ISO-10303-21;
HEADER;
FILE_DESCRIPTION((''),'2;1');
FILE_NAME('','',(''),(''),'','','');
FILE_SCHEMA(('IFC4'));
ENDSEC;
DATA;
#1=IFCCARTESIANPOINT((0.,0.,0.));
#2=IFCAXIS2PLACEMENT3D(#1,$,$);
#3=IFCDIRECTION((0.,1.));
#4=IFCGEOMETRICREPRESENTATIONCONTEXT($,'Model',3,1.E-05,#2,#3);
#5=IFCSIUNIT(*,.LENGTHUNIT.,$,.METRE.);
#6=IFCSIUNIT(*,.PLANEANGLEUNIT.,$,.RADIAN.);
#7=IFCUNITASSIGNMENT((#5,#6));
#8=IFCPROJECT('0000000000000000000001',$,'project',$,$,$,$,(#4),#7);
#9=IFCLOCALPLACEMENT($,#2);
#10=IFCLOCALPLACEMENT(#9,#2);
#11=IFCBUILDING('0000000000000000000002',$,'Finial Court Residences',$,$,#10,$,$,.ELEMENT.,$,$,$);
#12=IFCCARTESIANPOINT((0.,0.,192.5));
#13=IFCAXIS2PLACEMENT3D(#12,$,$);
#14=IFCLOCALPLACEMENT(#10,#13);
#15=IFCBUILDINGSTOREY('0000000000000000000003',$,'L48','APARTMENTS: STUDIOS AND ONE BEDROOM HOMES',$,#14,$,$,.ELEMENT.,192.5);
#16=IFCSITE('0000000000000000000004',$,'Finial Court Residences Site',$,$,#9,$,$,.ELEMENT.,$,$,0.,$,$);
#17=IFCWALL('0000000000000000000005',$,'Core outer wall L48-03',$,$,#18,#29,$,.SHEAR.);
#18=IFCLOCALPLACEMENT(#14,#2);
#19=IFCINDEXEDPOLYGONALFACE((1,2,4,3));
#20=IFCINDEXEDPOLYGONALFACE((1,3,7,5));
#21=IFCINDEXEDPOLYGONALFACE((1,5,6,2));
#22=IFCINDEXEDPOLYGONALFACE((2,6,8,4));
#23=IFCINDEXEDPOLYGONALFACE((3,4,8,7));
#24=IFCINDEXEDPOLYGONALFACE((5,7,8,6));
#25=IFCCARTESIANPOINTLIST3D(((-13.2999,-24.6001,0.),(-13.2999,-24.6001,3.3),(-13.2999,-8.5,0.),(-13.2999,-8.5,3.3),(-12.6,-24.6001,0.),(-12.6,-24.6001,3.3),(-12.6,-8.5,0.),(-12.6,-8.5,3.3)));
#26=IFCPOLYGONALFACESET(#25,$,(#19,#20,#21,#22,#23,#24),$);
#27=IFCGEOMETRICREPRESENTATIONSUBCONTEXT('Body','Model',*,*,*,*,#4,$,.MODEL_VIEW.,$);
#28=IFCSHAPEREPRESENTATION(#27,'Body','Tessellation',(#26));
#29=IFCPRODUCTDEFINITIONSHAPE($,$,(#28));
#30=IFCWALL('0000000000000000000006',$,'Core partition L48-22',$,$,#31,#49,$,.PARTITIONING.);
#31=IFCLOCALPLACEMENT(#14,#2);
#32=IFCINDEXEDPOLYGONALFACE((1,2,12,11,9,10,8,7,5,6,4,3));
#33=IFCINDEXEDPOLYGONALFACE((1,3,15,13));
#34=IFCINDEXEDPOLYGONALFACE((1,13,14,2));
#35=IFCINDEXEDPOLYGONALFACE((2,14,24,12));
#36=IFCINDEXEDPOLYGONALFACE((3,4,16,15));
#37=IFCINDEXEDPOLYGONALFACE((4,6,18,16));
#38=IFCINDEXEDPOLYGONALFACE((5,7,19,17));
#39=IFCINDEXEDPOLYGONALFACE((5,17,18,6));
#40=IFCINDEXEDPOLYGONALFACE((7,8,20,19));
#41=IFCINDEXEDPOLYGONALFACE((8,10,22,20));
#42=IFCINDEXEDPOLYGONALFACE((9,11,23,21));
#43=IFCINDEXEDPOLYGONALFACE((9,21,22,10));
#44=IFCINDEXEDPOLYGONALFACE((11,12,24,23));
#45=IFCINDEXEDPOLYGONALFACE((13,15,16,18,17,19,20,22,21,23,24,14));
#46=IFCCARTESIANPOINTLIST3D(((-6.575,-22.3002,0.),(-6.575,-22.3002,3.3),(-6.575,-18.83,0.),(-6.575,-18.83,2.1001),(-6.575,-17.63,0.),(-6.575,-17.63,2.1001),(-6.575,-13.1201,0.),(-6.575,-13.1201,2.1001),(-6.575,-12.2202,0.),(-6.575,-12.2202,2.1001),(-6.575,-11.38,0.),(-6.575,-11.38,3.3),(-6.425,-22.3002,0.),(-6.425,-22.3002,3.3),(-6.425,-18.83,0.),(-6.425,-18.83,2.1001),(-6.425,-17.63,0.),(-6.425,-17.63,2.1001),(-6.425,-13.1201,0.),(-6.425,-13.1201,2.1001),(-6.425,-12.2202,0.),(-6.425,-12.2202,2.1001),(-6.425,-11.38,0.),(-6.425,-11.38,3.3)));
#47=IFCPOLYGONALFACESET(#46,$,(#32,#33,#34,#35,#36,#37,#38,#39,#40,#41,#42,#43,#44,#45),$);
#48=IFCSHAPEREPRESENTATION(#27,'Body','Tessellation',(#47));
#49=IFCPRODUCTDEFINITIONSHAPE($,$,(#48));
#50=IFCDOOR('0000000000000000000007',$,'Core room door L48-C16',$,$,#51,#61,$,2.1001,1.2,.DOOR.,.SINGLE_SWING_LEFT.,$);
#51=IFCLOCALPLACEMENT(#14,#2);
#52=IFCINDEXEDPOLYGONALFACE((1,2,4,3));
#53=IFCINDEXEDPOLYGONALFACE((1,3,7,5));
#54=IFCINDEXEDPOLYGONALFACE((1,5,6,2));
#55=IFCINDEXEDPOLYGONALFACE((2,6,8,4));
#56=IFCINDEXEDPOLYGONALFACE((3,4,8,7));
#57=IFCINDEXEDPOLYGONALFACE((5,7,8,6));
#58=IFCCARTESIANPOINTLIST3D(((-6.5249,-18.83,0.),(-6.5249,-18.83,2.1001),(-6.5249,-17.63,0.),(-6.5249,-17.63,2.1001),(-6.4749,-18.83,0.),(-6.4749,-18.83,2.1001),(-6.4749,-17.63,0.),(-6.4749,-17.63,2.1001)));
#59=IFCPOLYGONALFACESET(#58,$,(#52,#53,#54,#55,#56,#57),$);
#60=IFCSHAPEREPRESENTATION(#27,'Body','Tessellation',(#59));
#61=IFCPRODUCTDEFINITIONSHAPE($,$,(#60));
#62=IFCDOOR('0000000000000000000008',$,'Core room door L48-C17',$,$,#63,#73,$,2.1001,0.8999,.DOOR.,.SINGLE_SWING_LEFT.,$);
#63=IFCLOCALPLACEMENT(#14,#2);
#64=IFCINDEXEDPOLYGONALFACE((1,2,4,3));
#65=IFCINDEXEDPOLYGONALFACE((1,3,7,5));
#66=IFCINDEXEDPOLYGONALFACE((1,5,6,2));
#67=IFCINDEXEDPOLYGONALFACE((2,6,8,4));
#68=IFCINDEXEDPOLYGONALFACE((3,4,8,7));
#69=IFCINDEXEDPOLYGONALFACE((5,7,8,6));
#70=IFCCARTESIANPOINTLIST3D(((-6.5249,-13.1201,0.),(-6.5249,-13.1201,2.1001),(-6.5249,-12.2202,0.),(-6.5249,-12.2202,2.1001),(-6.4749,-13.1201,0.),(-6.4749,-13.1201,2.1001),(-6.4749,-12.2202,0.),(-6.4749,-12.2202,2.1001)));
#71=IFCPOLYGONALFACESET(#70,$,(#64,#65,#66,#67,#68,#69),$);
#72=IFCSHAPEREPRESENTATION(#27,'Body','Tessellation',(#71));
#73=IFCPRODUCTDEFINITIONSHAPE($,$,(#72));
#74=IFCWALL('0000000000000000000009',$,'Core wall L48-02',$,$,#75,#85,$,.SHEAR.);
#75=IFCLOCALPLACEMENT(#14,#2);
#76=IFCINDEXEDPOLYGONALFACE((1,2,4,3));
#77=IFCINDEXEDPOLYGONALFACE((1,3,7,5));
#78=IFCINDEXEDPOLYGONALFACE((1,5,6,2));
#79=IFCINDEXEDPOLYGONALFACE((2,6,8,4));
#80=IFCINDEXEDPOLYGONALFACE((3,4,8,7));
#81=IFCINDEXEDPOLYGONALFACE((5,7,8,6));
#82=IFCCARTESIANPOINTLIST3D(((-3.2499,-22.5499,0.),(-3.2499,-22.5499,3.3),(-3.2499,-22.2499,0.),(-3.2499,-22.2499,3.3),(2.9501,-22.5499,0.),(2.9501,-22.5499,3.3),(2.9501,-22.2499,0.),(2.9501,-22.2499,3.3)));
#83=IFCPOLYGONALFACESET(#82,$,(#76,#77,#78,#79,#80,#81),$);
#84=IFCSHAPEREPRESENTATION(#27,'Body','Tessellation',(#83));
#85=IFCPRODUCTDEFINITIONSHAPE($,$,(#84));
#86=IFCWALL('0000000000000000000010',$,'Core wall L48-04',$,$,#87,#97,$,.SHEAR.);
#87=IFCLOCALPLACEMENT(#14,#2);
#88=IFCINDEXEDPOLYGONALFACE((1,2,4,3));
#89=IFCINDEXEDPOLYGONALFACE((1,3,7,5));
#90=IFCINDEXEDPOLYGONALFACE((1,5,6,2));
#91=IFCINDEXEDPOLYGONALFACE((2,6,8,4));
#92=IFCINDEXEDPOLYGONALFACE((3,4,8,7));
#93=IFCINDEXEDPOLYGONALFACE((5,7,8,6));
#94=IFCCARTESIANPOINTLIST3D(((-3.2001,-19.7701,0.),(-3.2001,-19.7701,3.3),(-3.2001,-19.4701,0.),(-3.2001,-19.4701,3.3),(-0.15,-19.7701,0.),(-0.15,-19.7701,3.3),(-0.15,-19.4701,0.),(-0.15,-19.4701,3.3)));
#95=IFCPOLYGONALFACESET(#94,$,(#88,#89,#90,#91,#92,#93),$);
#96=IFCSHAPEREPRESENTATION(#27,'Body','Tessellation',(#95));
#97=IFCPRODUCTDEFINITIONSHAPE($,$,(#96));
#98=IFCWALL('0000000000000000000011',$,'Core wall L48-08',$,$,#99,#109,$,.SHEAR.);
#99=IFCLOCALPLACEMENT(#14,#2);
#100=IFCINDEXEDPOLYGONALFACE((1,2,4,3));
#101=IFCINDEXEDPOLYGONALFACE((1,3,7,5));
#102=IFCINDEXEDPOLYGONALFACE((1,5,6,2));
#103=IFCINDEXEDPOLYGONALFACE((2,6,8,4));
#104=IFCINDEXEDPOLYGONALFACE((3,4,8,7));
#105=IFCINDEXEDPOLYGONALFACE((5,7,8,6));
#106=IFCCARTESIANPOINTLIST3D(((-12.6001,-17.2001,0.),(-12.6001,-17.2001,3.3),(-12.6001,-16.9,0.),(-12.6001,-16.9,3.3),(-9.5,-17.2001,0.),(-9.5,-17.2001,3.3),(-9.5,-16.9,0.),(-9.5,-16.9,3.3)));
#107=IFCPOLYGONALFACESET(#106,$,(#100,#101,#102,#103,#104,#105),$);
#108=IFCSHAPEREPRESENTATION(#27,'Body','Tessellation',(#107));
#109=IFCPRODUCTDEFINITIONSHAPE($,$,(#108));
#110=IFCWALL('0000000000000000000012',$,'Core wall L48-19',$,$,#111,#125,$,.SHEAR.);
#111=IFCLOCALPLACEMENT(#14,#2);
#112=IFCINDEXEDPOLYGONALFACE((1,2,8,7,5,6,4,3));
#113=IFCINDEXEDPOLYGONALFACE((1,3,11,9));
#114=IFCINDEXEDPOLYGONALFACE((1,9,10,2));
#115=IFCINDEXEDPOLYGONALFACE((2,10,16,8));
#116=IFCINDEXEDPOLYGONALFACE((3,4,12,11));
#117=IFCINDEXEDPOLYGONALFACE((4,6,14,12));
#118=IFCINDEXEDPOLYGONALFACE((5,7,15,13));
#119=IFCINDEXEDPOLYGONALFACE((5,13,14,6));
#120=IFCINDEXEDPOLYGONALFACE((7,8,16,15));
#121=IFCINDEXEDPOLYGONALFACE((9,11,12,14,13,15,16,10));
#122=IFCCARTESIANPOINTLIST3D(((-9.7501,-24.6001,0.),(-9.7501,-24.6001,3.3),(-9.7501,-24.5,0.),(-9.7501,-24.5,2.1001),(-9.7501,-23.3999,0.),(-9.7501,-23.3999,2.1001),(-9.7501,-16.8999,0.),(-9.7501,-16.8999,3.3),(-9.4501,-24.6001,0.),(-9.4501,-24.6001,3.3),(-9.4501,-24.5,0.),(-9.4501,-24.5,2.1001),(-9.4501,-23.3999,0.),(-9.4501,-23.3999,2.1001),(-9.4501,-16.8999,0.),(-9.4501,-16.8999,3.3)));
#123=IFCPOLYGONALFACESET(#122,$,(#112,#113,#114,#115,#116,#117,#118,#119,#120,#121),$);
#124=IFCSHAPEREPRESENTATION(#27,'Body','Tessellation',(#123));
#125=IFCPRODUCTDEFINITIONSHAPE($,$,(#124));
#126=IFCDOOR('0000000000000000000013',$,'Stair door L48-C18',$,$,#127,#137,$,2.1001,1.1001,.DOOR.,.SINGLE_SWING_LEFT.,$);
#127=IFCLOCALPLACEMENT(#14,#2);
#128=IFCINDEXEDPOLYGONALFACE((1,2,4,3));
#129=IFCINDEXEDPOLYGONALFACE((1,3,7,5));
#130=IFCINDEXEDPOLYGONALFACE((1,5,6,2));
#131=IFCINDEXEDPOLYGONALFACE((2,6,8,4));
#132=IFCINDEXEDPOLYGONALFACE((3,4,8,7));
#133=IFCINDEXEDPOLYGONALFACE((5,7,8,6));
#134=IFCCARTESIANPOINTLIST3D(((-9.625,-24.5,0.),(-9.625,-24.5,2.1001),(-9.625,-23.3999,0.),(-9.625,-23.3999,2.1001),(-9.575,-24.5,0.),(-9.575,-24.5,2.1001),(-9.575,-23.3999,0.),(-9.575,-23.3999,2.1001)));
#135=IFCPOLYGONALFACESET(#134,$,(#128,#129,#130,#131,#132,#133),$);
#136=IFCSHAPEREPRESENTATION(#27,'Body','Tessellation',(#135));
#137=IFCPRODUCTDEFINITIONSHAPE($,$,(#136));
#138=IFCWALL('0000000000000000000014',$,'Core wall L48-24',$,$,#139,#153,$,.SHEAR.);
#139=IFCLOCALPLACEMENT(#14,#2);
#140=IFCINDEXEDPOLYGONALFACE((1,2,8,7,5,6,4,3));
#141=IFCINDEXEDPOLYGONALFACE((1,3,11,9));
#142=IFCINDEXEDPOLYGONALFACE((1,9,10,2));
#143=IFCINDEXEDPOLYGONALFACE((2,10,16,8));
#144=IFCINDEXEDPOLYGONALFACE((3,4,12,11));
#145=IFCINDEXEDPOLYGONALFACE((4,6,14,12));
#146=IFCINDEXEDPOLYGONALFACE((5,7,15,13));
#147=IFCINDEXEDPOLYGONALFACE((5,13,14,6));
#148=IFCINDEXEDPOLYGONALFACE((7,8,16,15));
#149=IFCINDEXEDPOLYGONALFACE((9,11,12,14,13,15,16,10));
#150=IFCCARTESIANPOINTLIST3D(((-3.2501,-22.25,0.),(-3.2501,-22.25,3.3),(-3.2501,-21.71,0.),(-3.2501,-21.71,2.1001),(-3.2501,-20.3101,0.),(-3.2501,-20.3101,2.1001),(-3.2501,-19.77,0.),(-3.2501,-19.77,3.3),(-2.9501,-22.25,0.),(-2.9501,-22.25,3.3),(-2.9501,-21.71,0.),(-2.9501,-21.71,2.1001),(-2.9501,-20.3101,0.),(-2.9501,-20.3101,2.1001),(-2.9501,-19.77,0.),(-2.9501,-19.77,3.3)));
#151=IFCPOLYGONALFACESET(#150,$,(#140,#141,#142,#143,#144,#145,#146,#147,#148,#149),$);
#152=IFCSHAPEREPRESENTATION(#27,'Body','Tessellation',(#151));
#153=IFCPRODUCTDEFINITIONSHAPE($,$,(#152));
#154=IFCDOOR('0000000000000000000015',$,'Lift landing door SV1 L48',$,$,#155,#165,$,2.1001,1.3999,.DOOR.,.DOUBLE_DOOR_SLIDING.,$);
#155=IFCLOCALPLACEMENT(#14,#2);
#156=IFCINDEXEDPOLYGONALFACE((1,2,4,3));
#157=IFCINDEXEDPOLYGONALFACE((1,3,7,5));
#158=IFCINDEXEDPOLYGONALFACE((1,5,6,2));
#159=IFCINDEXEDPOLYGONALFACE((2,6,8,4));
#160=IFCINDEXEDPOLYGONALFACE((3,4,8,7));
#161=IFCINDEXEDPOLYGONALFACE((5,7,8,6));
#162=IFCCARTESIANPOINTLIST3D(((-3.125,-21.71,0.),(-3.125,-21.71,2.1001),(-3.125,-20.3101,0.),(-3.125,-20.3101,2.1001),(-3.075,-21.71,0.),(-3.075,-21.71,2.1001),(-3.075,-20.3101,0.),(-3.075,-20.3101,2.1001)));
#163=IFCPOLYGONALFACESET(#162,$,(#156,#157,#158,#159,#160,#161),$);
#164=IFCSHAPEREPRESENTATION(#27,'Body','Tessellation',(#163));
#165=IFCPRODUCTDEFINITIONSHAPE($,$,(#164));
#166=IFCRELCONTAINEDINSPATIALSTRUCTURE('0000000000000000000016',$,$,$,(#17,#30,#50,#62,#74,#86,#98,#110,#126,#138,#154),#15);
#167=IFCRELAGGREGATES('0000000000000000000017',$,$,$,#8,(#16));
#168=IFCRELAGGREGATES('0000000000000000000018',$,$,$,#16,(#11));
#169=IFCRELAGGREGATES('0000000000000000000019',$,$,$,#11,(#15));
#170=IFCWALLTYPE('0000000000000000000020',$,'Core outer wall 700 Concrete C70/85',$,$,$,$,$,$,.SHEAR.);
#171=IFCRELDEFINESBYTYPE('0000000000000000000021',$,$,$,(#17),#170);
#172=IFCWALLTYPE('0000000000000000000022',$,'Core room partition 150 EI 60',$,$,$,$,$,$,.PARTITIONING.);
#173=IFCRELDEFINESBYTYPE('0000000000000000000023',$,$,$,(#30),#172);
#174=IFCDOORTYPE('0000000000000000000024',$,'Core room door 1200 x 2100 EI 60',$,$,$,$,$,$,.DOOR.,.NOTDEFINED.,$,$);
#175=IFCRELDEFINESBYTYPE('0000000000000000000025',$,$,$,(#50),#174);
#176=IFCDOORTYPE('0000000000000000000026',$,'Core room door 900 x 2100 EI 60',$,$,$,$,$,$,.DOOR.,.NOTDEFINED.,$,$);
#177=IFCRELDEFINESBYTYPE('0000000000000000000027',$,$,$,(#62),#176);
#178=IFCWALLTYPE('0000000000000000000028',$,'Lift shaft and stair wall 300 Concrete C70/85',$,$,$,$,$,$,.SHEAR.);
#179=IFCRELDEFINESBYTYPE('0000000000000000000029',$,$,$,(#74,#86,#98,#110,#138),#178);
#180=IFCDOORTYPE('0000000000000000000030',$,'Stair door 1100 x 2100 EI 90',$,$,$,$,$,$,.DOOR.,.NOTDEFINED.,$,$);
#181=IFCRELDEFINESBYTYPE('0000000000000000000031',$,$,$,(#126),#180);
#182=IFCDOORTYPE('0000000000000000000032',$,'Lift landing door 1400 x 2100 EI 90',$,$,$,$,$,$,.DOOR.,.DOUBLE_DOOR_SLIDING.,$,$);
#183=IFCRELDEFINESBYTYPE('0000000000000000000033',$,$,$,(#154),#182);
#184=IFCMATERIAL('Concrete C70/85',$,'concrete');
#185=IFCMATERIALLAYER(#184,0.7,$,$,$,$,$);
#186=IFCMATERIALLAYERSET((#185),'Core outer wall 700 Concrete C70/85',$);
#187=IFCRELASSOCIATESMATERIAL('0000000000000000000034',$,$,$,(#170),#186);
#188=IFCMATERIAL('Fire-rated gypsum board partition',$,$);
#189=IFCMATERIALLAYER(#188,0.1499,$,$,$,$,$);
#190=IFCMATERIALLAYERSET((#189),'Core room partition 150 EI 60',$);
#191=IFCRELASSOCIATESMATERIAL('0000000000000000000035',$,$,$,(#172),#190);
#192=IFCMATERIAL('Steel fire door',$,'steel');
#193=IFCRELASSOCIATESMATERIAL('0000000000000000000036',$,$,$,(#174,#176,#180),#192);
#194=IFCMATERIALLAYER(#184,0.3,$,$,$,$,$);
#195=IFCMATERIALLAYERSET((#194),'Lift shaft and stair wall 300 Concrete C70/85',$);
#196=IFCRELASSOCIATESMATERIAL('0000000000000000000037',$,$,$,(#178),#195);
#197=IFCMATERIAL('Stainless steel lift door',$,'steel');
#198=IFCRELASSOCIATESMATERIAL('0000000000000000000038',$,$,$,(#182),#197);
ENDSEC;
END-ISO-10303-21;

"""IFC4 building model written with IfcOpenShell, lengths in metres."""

from ifc_helpers import new_model, si_unit, direction, frame, frame_2d, origin, place, context, subcontext, project, spatial, rectangle, extrude, material, layer, layer_set, type_object, element, fill, save


model = new_model("IFC4")

# Units and contexts
model_context = context("Model", 3, precision=1e-05, world=origin(), true_north=direction((0.0, 1.0)))
body_context = subcontext(model_context, "Body", "Model", "MODEL_VIEW")
ifc_project = project(units=[si_unit("LENGTHUNIT", "METRE"), si_unit("PLANEANGLEUNIT", "RADIAN")], contexts=[model_context])

# Site, building, storey
site_placement = place(None, origin())
site = spatial("IfcSite", under=ifc_project, at=site_placement, Name="Finial Court Residences Site", CompositionType="ELEMENT", RefElevation=0.0)
building_placement = place(site_placement, origin())
building = spatial("IfcBuilding", under=site, at=building_placement, Name="Finial Court Residences", CompositionType="ELEMENT")
storey_placement = place(building_placement, frame((0.0, 0.0, 192.5)))
storey = spatial("IfcBuildingStorey", under=building, at=storey_placement, Name="L48", Description="APARTMENTS: STUDIOS AND ONE BEDROOM HOMES", CompositionType="ELEMENT", Elevation=192.5)

# Wall
ifc_material_1 = material(Name="Concrete C70/85", Category="concrete")
ifc_layer_1 = layer(ifc_material_1, 0.7)
ifc_layer_set_1 = layer_set([ifc_layer_1], Name="Core outer wall 700 Concrete C70/85")
wall_type_1 = type_object("IfcWallType", Name="Core outer wall 700 Concrete C70/85", PredefinedType="SHEAR", material=ifc_layer_set_1)
wall_1_placement = place(storey_placement, frame((-12.95, -24.6001, 0.0), z_axis=(0.0, 0.0, 1.0), x_axis=(0.0, 1.0, 0.0)))
element("IfcWall", 1, at=wall_1_placement, inside=storey, type_object=wall_type_1, Name="Core outer wall L48-03", PredefinedType="SHEAR", context=body_context, shape_type="SweptSolid", body=[
    extrude(rectangle(XDim=16.1001, YDim=0.7, at=frame_2d((8.05, 0.0))), origin(), (0.0, 0.0, 1.0), 3.3),
])

# Wall, openings, doors
ifc_material_2 = material(Name="Fire-rated gypsum board partition")
ifc_layer_2 = layer(ifc_material_2, 0.1499)
ifc_layer_set_2 = layer_set([ifc_layer_2], Name="Core room partition 150 EI 60")
wall_type_2 = type_object("IfcWallType", Name="Core room partition 150 EI 60", PredefinedType="PARTITIONING", material=ifc_layer_set_2)
wall_2_placement = place(storey_placement, frame((-6.5, -22.3, 0.0), z_axis=(0.0, 0.0, 1.0), x_axis=(0.0, 1.0, 0.0)))
wall_2 = element("IfcWall", 2, at=wall_2_placement, inside=storey, type_object=wall_type_2, Name="Core partition L48-22", PredefinedType="PARTITIONING", context=body_context, shape_type="SweptSolid", body=[
    extrude(rectangle(XDim=10.9202, YDim=0.1499, at=frame_2d((5.46, 0.0))), origin(), (0.0, 0.0, 1.0), 3.3),
])
opening_1_placement = place(wall_2_placement, frame((3.47, 0.0, 0.0)))
opening_1 = element("IfcOpeningElement", 3, at=opening_1_placement, cuts=wall_2, PredefinedType="OPENING", context=body_context, shape_type="SweptSolid", body=[
    extrude(rectangle(XDim=1.2, YDim=2.1001, at=frame_2d((0.6001, 1.05))), frame((0.0, 0.085, 0.0), z_axis=(0.0, -1.0, 0.0), x_axis=(1.0, 0.0, 0.0)), (0.0, 0.0, 1.0), 0.1699),
])
opening_2_placement = place(wall_2_placement, frame((9.1799, 0.0, 0.0)))
opening_2 = element("IfcOpeningElement", 4, at=opening_2_placement, cuts=wall_2, PredefinedType="OPENING", context=body_context, shape_type="SweptSolid", body=[
    extrude(rectangle(XDim=0.8999, YDim=2.1001, at=frame_2d((0.45, 1.05))), frame((0.0, 0.085, 0.0), z_axis=(0.0, -1.0, 0.0), x_axis=(1.0, 0.0, 0.0)), (0.0, 0.0, 1.0), 0.1699),
])
ifc_material_3 = material(Name="Steel fire door", Category="steel")
door_type_1 = type_object("IfcDoorType", Name="Core room door 1200 x 2100 EI 60", OperationType="NOTDEFINED", PredefinedType="DOOR", material=ifc_material_3)
door_1_placement = place(opening_1_placement, origin())
door_1 = element("IfcDoor", 5, at=door_1_placement, inside=storey, type_object=door_type_1, Name="Core room door L48-C16", OperationType="SINGLE_SWING_LEFT", OverallHeight=2.1001, OverallWidth=1.2, PredefinedType="DOOR", context=body_context, shape_type="SweptSolid", body=[
    extrude(rectangle(XDim=1.2, YDim=2.1001, at=frame_2d((0.6001, 1.05))), frame((0.0, 0.0249, 0.0), z_axis=(0.0, -1.0, 0.0), x_axis=(1.0, 0.0, 0.0)), (0.0, 0.0, 1.0), 0.05),
])
fill(opening_1, door_1)
door_type_2 = type_object("IfcDoorType", Name="Core room door 900 x 2100 EI 60", OperationType="NOTDEFINED", PredefinedType="DOOR", material=ifc_material_3)
door_2_placement = place(opening_2_placement, origin())
door_2 = element("IfcDoor", 6, at=door_2_placement, inside=storey, type_object=door_type_2, Name="Core room door L48-C17", OperationType="SINGLE_SWING_LEFT", OverallHeight=2.1001, OverallWidth=0.8999, PredefinedType="DOOR", context=body_context, shape_type="SweptSolid", body=[
    extrude(rectangle(XDim=0.8999, YDim=2.1001, at=frame_2d((0.45, 1.05))), frame((0.0, 0.0249, 0.0), z_axis=(0.0, -1.0, 0.0), x_axis=(1.0, 0.0, 0.0)), (0.0, 0.0, 1.0), 0.05),
])
fill(opening_2, door_2)

# Walls
ifc_layer_3 = layer(ifc_material_1, 0.3)
ifc_layer_set_3 = layer_set([ifc_layer_3], Name="Lift shaft and stair wall 300 Concrete C70/85")
wall_type_3 = type_object("IfcWallType", Name="Lift shaft and stair wall 300 Concrete C70/85", PredefinedType="SHEAR", material=ifc_layer_set_3)
wall_3_placement = place(storey_placement, frame((-3.25, -22.3999, 0.0), z_axis=(0.0, 0.0, 1.0), x_axis=(1.0, 0.0, 0.0)))
element("IfcWall", 7, at=wall_3_placement, inside=storey, type_object=wall_type_3, Name="Core wall L48-02", PredefinedType="SHEAR", context=body_context, shape_type="SweptSolid", body=[
    extrude(rectangle(XDim=6.2, YDim=0.3, at=frame_2d((3.1001, 0.0))), origin(), (0.0, 0.0, 1.0), 3.3),
])
wall_4_placement = place(storey_placement, frame((-3.2, -19.6201, 0.0), z_axis=(0.0, 0.0, 1.0), x_axis=(1.0, 0.0, 0.0)))
element("IfcWall", 8, at=wall_4_placement, inside=storey, type_object=wall_type_3, Name="Core wall L48-04", PredefinedType="SHEAR", context=body_context, shape_type="SweptSolid", body=[
    extrude(rectangle(XDim=3.05, YDim=0.3, at=frame_2d((1.5249, 0.0))), origin(), (0.0, 0.0, 1.0), 3.3),
])
wall_5_placement = place(storey_placement, frame((-12.6001, -17.05, 0.0), z_axis=(0.0, 0.0, 1.0), x_axis=(1.0, 0.0, 0.0)))
element("IfcWall", 9, at=wall_5_placement, inside=storey, type_object=wall_type_3, Name="Core wall L48-08", PredefinedType="SHEAR", context=body_context, shape_type="SweptSolid", body=[
    extrude(rectangle(XDim=3.1001, YDim=0.3, at=frame_2d((1.55, 0.0))), origin(), (0.0, 0.0, 1.0), 3.3),
])

# Walls, openings, doors
wall_6_placement = place(storey_placement, frame((-9.6001, -24.6001, 0.0), z_axis=(0.0, 0.0, 1.0), x_axis=(0.0, 1.0, 0.0)))
wall_6 = element("IfcWall", 10, at=wall_6_placement, inside=storey, type_object=wall_type_3, Name="Core wall L48-19", PredefinedType="SHEAR", context=body_context, shape_type="SweptSolid", body=[
    extrude(rectangle(XDim=7.7002, YDim=0.3, at=frame_2d((3.8501, 0.0))), origin(), (0.0, 0.0, 1.0), 3.3),
])
opening_3_placement = place(wall_6_placement, frame((0.1001, 0.0, 0.0)))
opening_3 = element("IfcOpeningElement", 11, at=opening_3_placement, cuts=wall_6, PredefinedType="OPENING", context=body_context, shape_type="SweptSolid", body=[
    extrude(rectangle(XDim=1.1001, YDim=2.1001, at=frame_2d((0.55, 1.05))), frame((0.0, 0.1599, 0.0), z_axis=(0.0, -1.0, 0.0), x_axis=(1.0, 0.0, 0.0)), (0.0, 0.0, 1.0), 0.3201),
])
door_type_3 = type_object("IfcDoorType", Name="Stair door 1100 x 2100 EI 90", OperationType="NOTDEFINED", PredefinedType="DOOR", material=ifc_material_3)
door_3_placement = place(opening_3_placement, origin())
door_3 = element("IfcDoor", 12, at=door_3_placement, inside=storey, type_object=door_type_3, Name="Stair door L48-C18", OperationType="SINGLE_SWING_LEFT", OverallHeight=2.1001, OverallWidth=1.1001, PredefinedType="DOOR", context=body_context, shape_type="SweptSolid", body=[
    extrude(rectangle(XDim=1.1001, YDim=2.1001, at=frame_2d((0.55, 1.05))), frame((0.0, 0.0249, 0.0), z_axis=(0.0, -1.0, 0.0), x_axis=(1.0, 0.0, 0.0)), (0.0, 0.0, 1.0), 0.05),
])
fill(opening_3, door_3)
wall_7_placement = place(storey_placement, frame((-3.1001, -22.25, 0.0), z_axis=(0.0, 0.0, 1.0), x_axis=(0.0, 1.0, 0.0)))
wall_7 = element("IfcWall", 13, at=wall_7_placement, inside=storey, type_object=wall_type_3, Name="Core wall L48-24", PredefinedType="SHEAR", context=body_context, shape_type="SweptSolid", body=[
    extrude(rectangle(XDim=2.48, YDim=0.3, at=frame_2d((1.24, 0.0))), origin(), (0.0, 0.0, 1.0), 3.3),
])
opening_4_placement = place(wall_7_placement, frame((0.54, 0.0, 0.0)))
opening_4 = element("IfcOpeningElement", 14, at=opening_4_placement, cuts=wall_7, PredefinedType="OPENING", context=body_context, shape_type="SweptSolid", body=[
    extrude(rectangle(XDim=1.3999, YDim=2.1001, at=frame_2d((0.7, 1.05))), frame((0.0, 0.1599, 0.0), z_axis=(0.0, -1.0, 0.0), x_axis=(1.0, 0.0, 0.0)), (0.0, 0.0, 1.0), 0.3201),
])
ifc_material_4 = material(Name="Stainless steel lift door", Category="steel")
door_type_4 = type_object("IfcDoorType", Name="Lift landing door 1400 x 2100 EI 90", OperationType="DOUBLE_DOOR_SLIDING", PredefinedType="DOOR", material=ifc_material_4)
door_4_placement = place(opening_4_placement, origin())
door_4 = element("IfcDoor", 15, at=door_4_placement, inside=storey, type_object=door_type_4, Name="Lift landing door SV1 L48", OperationType="DOUBLE_DOOR_SLIDING", OverallHeight=2.1001, OverallWidth=1.3999, PredefinedType="DOOR", context=body_context, shape_type="SweptSolid", body=[
    extrude(rectangle(XDim=1.3999, YDim=2.1001, at=frame_2d((0.7, 1.05))), frame((0.0, 0.0249, 0.0), z_axis=(0.0, -1.0, 0.0), x_axis=(1.0, 0.0, 0.0)), (0.0, 0.0, 1.0), 0.05),
])
fill(opening_4, door_4)

save(model, "model.ifc")
